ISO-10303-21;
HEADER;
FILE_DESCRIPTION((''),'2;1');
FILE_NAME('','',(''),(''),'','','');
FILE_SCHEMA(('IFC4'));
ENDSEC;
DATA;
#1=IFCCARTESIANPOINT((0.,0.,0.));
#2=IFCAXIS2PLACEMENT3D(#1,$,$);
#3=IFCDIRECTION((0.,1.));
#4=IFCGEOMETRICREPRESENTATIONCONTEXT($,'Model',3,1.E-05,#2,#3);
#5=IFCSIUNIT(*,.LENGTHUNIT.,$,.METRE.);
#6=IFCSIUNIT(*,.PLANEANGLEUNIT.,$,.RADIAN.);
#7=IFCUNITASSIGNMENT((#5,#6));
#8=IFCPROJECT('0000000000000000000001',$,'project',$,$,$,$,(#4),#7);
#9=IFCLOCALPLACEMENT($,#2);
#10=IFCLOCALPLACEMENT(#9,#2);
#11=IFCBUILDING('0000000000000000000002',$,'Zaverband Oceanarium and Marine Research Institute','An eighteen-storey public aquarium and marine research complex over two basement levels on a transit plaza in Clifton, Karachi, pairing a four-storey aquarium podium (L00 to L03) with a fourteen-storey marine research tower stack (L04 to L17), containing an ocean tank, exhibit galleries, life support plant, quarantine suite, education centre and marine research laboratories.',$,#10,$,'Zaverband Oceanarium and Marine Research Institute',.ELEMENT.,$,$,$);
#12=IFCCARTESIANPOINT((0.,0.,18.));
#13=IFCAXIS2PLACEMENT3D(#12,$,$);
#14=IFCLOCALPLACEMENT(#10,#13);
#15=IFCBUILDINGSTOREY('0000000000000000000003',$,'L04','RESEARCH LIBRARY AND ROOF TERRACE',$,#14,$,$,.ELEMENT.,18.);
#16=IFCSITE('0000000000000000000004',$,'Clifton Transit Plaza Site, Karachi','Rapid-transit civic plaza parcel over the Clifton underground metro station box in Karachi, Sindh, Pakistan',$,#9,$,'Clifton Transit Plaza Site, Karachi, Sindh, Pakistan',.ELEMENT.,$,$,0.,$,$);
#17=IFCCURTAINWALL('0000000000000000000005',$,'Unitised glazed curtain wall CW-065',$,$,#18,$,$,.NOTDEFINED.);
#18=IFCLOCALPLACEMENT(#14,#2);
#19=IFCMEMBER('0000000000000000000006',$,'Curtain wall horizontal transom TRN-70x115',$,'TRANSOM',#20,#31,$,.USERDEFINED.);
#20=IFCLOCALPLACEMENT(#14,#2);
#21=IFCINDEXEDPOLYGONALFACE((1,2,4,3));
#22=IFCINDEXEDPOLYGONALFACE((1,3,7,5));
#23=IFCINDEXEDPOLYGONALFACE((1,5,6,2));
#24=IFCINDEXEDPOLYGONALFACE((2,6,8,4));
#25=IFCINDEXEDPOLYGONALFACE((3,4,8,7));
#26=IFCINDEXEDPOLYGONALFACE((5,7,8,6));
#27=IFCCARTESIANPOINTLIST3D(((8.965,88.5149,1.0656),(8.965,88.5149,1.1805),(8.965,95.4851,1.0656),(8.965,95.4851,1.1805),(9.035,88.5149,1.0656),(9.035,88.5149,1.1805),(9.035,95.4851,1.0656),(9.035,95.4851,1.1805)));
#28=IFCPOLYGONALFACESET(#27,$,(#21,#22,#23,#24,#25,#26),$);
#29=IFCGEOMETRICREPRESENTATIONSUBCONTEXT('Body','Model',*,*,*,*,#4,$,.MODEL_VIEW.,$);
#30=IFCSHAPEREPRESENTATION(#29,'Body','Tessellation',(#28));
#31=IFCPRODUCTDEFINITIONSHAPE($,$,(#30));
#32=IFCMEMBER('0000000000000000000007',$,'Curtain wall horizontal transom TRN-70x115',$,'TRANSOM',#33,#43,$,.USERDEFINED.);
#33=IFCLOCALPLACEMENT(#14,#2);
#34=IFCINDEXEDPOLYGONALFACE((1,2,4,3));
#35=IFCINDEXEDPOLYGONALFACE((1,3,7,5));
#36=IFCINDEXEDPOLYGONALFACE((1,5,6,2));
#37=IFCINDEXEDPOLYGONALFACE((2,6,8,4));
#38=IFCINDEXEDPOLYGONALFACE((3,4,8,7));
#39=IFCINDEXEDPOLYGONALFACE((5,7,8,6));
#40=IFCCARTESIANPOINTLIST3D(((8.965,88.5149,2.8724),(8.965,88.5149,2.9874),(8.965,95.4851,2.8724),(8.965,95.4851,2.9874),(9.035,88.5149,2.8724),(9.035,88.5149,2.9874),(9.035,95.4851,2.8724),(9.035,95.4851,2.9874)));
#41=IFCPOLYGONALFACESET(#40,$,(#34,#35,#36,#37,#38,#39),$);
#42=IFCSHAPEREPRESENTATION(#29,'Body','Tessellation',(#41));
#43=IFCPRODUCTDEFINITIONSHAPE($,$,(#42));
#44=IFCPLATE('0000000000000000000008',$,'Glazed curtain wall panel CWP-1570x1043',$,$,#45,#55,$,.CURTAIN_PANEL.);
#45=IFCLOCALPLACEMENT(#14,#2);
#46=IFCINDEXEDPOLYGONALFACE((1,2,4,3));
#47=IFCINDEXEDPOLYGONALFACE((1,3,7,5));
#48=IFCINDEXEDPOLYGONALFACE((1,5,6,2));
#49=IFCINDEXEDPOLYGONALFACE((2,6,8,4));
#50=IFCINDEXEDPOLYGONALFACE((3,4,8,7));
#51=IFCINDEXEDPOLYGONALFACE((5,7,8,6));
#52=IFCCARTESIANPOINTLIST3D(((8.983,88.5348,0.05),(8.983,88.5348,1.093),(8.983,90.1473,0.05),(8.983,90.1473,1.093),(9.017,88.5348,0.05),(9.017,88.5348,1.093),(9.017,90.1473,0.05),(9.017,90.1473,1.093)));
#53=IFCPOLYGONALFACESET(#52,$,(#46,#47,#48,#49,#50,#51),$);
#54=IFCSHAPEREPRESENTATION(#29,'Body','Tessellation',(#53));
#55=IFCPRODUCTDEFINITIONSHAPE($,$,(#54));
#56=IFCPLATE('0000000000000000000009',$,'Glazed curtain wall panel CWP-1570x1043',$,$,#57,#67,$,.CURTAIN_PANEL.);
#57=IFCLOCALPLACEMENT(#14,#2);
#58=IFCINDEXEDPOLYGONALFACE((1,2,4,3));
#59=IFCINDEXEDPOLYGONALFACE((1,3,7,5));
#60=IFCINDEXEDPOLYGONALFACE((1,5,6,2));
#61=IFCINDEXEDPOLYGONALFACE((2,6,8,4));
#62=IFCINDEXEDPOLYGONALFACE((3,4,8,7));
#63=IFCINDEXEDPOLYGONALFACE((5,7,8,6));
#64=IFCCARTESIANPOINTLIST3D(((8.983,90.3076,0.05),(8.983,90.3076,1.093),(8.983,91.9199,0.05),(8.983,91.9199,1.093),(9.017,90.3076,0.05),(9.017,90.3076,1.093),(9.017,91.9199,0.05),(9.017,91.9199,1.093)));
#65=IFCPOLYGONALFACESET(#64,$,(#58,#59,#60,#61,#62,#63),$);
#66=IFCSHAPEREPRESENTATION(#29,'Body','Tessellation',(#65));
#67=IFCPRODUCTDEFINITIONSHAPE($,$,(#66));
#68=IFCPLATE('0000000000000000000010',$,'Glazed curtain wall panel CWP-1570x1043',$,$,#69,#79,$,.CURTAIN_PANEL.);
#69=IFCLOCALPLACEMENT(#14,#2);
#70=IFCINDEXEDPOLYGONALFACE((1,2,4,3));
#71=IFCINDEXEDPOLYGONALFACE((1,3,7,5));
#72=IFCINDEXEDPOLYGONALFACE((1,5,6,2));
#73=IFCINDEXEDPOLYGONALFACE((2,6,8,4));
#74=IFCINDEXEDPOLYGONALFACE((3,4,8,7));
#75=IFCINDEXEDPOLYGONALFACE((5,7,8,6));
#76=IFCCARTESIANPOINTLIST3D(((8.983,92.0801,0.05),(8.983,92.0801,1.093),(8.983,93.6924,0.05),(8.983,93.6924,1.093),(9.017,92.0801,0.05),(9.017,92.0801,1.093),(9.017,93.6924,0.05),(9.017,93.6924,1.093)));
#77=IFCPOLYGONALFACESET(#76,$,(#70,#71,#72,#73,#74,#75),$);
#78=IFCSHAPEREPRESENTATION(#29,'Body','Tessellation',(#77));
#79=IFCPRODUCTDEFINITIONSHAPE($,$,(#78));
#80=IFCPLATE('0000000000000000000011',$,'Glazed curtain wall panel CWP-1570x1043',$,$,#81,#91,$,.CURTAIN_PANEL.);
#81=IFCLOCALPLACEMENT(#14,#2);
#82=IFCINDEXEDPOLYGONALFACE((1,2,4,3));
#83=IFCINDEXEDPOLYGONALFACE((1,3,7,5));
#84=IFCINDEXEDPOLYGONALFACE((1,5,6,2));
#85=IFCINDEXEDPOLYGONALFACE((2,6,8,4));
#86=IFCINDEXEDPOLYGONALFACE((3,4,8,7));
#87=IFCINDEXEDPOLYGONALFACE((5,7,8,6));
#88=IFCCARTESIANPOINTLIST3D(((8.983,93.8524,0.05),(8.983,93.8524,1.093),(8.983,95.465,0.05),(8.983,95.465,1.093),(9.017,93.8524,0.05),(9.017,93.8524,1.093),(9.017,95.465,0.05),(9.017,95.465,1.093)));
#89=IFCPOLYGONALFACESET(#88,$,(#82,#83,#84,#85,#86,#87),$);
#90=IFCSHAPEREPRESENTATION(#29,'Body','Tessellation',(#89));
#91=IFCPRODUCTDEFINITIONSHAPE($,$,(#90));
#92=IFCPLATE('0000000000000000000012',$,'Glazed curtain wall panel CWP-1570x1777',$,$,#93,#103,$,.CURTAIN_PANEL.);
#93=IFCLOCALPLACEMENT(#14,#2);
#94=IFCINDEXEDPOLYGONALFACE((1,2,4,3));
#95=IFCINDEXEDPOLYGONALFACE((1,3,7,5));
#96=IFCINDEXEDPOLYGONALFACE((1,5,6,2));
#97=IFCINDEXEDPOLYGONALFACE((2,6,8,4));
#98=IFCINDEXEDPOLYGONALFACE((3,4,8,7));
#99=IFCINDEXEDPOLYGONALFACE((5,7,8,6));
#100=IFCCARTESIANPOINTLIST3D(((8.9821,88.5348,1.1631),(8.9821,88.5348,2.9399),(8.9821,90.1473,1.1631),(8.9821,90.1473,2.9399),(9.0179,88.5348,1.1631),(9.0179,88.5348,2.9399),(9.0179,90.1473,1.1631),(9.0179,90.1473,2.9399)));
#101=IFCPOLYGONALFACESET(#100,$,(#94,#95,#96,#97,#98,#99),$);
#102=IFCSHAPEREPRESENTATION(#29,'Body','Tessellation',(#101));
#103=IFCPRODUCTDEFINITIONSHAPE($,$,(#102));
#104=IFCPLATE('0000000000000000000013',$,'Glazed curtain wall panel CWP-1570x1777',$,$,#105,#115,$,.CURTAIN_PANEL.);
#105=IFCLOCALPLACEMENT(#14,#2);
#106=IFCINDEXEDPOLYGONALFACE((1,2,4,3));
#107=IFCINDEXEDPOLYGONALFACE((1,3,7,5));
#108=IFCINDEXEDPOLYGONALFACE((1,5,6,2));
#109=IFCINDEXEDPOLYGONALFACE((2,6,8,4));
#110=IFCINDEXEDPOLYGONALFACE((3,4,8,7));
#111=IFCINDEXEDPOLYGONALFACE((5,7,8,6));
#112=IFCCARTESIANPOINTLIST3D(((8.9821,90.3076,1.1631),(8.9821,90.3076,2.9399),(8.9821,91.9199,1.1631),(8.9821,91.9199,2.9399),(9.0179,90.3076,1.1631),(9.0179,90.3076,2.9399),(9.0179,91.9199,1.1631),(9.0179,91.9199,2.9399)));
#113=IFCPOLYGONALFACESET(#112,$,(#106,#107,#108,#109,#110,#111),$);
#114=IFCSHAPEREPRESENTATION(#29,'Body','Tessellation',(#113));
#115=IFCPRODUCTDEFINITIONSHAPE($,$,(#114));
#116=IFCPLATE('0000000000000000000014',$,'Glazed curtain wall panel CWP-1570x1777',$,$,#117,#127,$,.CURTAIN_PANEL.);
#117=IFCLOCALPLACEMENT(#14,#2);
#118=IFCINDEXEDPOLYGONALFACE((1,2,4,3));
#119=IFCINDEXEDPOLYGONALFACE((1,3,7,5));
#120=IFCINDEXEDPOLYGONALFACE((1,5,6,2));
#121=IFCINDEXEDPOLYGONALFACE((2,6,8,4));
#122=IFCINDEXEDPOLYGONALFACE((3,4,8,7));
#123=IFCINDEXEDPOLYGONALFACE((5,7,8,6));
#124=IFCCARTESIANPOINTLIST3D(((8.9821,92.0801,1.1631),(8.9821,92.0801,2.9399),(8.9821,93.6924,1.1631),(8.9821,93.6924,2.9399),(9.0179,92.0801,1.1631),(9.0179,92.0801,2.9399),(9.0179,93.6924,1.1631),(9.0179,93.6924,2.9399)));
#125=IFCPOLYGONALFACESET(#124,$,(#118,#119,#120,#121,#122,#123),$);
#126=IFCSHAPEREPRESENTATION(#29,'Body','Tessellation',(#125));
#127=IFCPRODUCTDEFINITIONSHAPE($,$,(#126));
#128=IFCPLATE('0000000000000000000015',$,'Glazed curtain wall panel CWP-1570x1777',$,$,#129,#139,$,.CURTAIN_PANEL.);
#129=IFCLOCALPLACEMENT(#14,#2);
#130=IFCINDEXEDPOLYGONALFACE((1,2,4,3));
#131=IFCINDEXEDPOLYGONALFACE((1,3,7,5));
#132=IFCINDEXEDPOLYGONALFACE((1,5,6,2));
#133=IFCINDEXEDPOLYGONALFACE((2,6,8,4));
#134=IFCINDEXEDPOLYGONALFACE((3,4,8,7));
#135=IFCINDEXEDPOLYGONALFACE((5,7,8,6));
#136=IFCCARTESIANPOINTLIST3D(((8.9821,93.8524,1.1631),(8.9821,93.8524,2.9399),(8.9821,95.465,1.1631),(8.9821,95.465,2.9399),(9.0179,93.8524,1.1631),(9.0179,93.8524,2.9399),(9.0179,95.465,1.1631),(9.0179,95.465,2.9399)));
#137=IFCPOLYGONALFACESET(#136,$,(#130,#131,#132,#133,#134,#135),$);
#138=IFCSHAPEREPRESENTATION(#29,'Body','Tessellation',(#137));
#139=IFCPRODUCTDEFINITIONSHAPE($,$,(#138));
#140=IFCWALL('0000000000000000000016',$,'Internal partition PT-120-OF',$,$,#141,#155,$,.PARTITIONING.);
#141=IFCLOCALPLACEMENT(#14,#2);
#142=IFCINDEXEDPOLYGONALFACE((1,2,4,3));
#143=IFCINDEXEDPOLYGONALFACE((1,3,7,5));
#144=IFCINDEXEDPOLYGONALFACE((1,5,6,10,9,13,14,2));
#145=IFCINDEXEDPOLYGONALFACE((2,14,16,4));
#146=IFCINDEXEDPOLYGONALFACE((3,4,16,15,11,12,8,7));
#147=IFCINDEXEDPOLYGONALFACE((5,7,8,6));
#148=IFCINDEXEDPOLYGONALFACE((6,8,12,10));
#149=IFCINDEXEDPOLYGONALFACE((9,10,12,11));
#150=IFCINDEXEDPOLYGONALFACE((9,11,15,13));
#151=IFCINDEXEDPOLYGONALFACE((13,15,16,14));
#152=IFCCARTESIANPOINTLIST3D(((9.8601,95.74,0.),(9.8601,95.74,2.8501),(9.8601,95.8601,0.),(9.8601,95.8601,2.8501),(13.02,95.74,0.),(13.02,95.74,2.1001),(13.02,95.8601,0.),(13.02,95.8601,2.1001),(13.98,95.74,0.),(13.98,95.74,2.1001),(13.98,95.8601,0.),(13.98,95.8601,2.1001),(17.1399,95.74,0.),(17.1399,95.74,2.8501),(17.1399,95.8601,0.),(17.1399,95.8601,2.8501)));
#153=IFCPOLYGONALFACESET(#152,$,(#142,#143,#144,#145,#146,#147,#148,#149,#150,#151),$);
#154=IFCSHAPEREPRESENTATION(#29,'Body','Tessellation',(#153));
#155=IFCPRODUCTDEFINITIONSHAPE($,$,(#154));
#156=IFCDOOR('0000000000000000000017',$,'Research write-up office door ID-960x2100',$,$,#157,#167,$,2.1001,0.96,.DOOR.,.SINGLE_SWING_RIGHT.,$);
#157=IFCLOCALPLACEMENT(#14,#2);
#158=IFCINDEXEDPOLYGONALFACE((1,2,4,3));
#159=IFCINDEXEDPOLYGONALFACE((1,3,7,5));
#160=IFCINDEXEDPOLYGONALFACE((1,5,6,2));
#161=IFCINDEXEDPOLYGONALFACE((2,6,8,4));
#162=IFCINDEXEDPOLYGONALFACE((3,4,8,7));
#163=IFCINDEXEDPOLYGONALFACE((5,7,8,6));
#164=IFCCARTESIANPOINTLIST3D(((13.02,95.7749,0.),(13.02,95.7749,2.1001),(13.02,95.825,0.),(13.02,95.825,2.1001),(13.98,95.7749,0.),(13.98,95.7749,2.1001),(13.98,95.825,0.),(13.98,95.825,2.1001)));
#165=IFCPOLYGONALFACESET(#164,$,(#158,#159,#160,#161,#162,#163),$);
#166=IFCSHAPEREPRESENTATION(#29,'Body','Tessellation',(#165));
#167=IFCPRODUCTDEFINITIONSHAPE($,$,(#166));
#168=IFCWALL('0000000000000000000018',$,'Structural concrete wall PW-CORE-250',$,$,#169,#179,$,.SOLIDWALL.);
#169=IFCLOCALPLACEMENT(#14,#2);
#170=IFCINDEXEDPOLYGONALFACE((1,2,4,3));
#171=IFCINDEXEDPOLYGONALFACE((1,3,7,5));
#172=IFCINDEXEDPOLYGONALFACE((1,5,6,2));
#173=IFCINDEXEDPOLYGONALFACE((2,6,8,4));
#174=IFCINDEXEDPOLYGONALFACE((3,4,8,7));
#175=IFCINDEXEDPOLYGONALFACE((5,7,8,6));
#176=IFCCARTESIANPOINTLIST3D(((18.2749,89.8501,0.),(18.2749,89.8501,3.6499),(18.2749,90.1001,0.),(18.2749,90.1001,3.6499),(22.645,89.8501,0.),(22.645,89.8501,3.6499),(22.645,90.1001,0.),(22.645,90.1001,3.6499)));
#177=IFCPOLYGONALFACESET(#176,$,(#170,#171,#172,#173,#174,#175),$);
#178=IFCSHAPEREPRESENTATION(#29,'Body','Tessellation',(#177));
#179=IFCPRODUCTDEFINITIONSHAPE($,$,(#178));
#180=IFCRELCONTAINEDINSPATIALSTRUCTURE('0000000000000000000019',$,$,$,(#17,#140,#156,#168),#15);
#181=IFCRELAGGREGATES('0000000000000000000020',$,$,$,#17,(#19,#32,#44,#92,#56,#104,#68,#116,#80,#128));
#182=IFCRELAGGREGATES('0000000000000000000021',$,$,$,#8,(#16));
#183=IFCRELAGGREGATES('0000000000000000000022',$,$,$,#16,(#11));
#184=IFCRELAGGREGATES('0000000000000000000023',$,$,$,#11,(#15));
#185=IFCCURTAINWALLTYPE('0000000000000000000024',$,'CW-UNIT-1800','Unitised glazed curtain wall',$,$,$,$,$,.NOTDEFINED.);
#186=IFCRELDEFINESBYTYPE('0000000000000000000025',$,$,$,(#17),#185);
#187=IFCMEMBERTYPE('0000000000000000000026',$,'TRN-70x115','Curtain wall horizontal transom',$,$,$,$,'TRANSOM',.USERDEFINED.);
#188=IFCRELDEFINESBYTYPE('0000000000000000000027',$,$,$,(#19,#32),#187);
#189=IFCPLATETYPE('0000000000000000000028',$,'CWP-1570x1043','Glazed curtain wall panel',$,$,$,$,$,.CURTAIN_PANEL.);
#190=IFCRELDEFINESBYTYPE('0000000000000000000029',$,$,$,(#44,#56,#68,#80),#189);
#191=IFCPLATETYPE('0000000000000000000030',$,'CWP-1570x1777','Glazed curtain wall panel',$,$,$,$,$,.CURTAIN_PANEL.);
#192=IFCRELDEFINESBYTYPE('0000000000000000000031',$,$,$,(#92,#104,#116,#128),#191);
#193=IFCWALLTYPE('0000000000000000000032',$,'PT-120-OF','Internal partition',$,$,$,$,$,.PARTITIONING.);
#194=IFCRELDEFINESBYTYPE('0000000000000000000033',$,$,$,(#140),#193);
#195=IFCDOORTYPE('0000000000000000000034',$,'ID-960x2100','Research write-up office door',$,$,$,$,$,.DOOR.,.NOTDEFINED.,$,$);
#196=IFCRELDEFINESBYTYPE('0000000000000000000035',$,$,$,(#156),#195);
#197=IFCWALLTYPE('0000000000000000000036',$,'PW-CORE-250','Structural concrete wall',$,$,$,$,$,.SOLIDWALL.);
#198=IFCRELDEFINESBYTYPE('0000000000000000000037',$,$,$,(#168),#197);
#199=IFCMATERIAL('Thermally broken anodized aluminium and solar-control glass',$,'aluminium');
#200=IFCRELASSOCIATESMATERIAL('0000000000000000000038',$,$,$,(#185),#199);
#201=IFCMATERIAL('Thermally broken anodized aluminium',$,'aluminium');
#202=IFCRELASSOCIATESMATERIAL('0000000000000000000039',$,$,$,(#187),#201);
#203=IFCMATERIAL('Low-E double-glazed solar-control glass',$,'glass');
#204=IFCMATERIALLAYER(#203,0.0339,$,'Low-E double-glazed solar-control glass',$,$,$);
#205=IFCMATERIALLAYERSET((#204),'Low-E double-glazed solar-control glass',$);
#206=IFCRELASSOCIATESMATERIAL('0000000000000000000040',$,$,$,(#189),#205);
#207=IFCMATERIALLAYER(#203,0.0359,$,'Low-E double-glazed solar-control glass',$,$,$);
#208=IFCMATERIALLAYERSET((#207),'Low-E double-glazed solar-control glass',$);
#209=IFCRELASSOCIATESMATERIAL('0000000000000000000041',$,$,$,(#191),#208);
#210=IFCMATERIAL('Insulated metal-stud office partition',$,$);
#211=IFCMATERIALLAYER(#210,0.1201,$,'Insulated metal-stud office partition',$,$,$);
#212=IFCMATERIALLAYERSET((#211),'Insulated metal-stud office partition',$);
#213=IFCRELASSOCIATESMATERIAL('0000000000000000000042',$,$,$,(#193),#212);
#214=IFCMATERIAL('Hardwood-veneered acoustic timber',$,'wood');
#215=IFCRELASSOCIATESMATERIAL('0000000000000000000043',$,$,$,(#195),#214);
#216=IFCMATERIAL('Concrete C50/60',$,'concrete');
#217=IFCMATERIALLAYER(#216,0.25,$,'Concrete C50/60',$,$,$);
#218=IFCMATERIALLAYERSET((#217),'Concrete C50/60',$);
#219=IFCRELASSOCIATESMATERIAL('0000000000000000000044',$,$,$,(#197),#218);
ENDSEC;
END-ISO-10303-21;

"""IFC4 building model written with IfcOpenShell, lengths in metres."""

from ifc_helpers import new_model, si_unit, direction, frame, frame_2d, origin, origin_2d, place, context, subcontext, project, spatial, rectangle, extrude, material, layer, layer_set, material_profile, profile_set, type_object, element, fill, aggregate, save


model = new_model("IFC4")

# Units and contexts
model_context = context("Model", 3, precision=1e-05, world=origin(), true_north=direction((0.0, 1.0)))
body_context = subcontext(model_context, "Body", "Model", "MODEL_VIEW")
ifc_project = project(units=[si_unit("LENGTHUNIT", "METRE"), si_unit("PLANEANGLEUNIT", "RADIAN")], contexts=[model_context])

# Site, building, storey
site_placement = place(None, origin())
site = spatial("IfcSite", under=ifc_project, at=site_placement, Name="Clifton Transit Plaza Site, Karachi", Description="Rapid-transit civic plaza parcel over the Clifton underground metro station box in Karachi, Sindh, Pakistan", LongName="Clifton Transit Plaza Site, Karachi, Sindh, Pakistan", CompositionType="ELEMENT", RefElevation=0.0)
building_placement = place(site_placement, origin())
building = spatial("IfcBuilding", under=site, at=building_placement, Name="Zaverband Oceanarium and Marine Research Institute", Description="An eighteen-storey public aquarium and marine research complex over two basement levels on a transit plaza in Clifton, Karachi, pairing a four-storey aquarium podium (L00 to L03) with a fourteen-storey marine research tower stack (L04 to L17), containing an ocean tank, exhibit galleries, life support plant, quarantine suite, education centre and marine research laboratories.", LongName="Zaverband Oceanarium and Marine Research Institute", CompositionType="ELEMENT")
storey_placement = place(building_placement, frame((0.0, 0.0, 18.0)))
storey = spatial("IfcBuildingStorey", under=building, at=storey_placement, Name="L04", Description="RESEARCH LIBRARY AND ROOF TERRACE", CompositionType="ELEMENT", Elevation=18.0)

# Shared definitions
ifc_material_1 = material(Name="Concrete C50/60", Category="concrete")

# Curtain wall
ifc_material_2 = material(Name="Thermally broken anodized aluminium and solar-control glass", Category="aluminium")
curtain_wall_type = type_object("IfcCurtainWallType", Name="CW-UNIT-1800", Description="Unitised glazed curtain wall", PredefinedType="NOTDEFINED", material=ifc_material_2)
curtain_wall_placement = place(storey_placement, origin())
curtain_wall = element("IfcCurtainWall", 1, at=curtain_wall_placement, inside=storey, type_object=curtain_wall_type, Name="Unitised glazed curtain wall CW-065", PredefinedType="NOTDEFINED")
ifc_material_3 = material(Name="Thermally broken anodized aluminium", Category="aluminium")

# Members
ifc_material_profile_1 = material_profile(ifc_material_3, rectangle(XDim=0.0701, YDim=0.115, at=origin_2d()), Name="AL-TRN-70x115")
ifc_profile_set_1 = profile_set([ifc_material_profile_1], Name="Thermally broken anodized aluminium")
member_type_1 = type_object("IfcMemberType", Name="TRN-70x115", Description="Curtain wall horizontal transom", ElementType="TRANSOM", PredefinedType="USERDEFINED", material=ifc_profile_set_1)
member_1_placement = place(storey_placement, frame((9.0, 88.5149, 1.123), z_axis=(0.0, 1.0, 0.0), x_axis=(-1.0, 0.0, 0.0)))
member_1 = element("IfcMember", 2, at=member_1_placement, type_object=member_type_1, Name="Curtain wall horizontal transom TRN-70x115", ObjectType="TRANSOM", PredefinedType="USERDEFINED", context=body_context, shape_type="SweptSolid", body=[
    extrude(rectangle(XDim=0.0701, YDim=0.115, at=origin_2d()), origin(), (0.0, 0.0, 1.0), 6.9702),
])
member_2_placement = place(storey_placement, frame((9.0, 88.5149, 2.9299), z_axis=(0.0, 1.0, 0.0), x_axis=(-1.0, 0.0, 0.0)))
member_2 = element("IfcMember", 3, at=member_2_placement, type_object=member_type_1, Name="Curtain wall horizontal transom TRN-70x115", ObjectType="TRANSOM", PredefinedType="USERDEFINED", context=body_context, shape_type="SweptSolid", body=[
    extrude(rectangle(XDim=0.0701, YDim=0.115, at=origin_2d()), origin(), (0.0, 0.0, 1.0), 6.9702),
])

# Plates
ifc_material_4 = material(Name="Low-E double-glazed solar-control glass", Category="glass")
ifc_layer_1 = layer(ifc_material_4, 0.0339, Name="Low-E double-glazed solar-control glass")
ifc_layer_set_1 = layer_set([ifc_layer_1], Name="Low-E double-glazed solar-control glass")
plate_type_1 = type_object("IfcPlateType", Name="CWP-1570x1043", Description="Glazed curtain wall panel", PredefinedType="CURTAIN_PANEL", material=ifc_layer_set_1)
plate_1_placement = place(storey_placement, frame((9.0, 88.5349, 0.05), z_axis=(0.0, 0.0, 1.0), x_axis=(0.0, 1.0, 0.0)))
plate_1 = element("IfcPlate", 4, at=plate_1_placement, type_object=plate_type_1, Name="Glazed curtain wall panel CWP-1570x1043", PredefinedType="CURTAIN_PANEL", context=body_context, shape_type="SweptSolid", body=[
    extrude(rectangle(XDim=1.6125, YDim=0.0339, at=frame_2d((0.8062, 0.0))), origin(), (0.0, 0.0, 1.0), 1.043),
])
plate_2_placement = place(storey_placement, frame((9.0, 90.3076, 0.05), z_axis=(0.0, 0.0, 1.0), x_axis=(0.0, 1.0, 0.0)))
plate_2 = element("IfcPlate", 5, at=plate_2_placement, type_object=plate_type_1, Name="Glazed curtain wall panel CWP-1570x1043", PredefinedType="CURTAIN_PANEL", context=body_context, shape_type="SweptSolid", body=[
    extrude(rectangle(XDim=1.6123, YDim=0.0339, at=frame_2d((0.8062, 0.0))), origin(), (0.0, 0.0, 1.0), 1.043),
])
plate_3_placement = place(storey_placement, frame((9.0, 92.0801, 0.05), z_axis=(0.0, 0.0, 1.0), x_axis=(0.0, 1.0, 0.0)))
plate_3 = element("IfcPlate", 6, at=plate_3_placement, type_object=plate_type_1, Name="Glazed curtain wall panel CWP-1570x1043", PredefinedType="CURTAIN_PANEL", context=body_context, shape_type="SweptSolid", body=[
    extrude(rectangle(XDim=1.6123, YDim=0.0339, at=frame_2d((0.8062, 0.0))), origin(), (0.0, 0.0, 1.0), 1.043),
])
plate_4_placement = place(storey_placement, frame((9.0, 93.8525, 0.05), z_axis=(0.0, 0.0, 1.0), x_axis=(0.0, 1.0, 0.0)))
plate_4 = element("IfcPlate", 7, at=plate_4_placement, type_object=plate_type_1, Name="Glazed curtain wall panel CWP-1570x1043", PredefinedType="CURTAIN_PANEL", context=body_context, shape_type="SweptSolid", body=[
    extrude(rectangle(XDim=1.6125, YDim=0.0339, at=frame_2d((0.8062, 0.0))), origin(), (0.0, 0.0, 1.0), 1.043),
])
ifc_layer_2 = layer(ifc_material_4, 0.0359, Name="Low-E double-glazed solar-control glass")
ifc_layer_set_2 = layer_set([ifc_layer_2], Name="Low-E double-glazed solar-control glass")
plate_type_2 = type_object("IfcPlateType", Name="CWP-1570x1777", Description="Glazed curtain wall panel", PredefinedType="CURTAIN_PANEL", material=ifc_layer_set_2)
plate_5_placement = place(storey_placement, frame((9.0, 88.5349, 1.1631), z_axis=(0.0, 0.0, 1.0), x_axis=(0.0, 1.0, 0.0)))
plate_5 = element("IfcPlate", 8, at=plate_5_placement, type_object=plate_type_2, Name="Glazed curtain wall panel CWP-1570x1777", PredefinedType="CURTAIN_PANEL", context=body_context, shape_type="SweptSolid", body=[
    extrude(rectangle(XDim=1.6125, YDim=0.0359, at=frame_2d((0.8062, 0.0))), origin(), (0.0, 0.0, 1.0), 1.7769),
])
plate_6_placement = place(storey_placement, frame((9.0, 90.3076, 1.1631), z_axis=(0.0, 0.0, 1.0), x_axis=(0.0, 1.0, 0.0)))
plate_6 = element("IfcPlate", 9, at=plate_6_placement, type_object=plate_type_2, Name="Glazed curtain wall panel CWP-1570x1777", PredefinedType="CURTAIN_PANEL", context=body_context, shape_type="SweptSolid", body=[
    extrude(rectangle(XDim=1.6123, YDim=0.0359, at=frame_2d((0.8062, 0.0))), origin(), (0.0, 0.0, 1.0), 1.7769),
])
plate_7_placement = place(storey_placement, frame((9.0, 92.0801, 1.1631), z_axis=(0.0, 0.0, 1.0), x_axis=(0.0, 1.0, 0.0)))
plate_7 = element("IfcPlate", 10, at=plate_7_placement, type_object=plate_type_2, Name="Glazed curtain wall panel CWP-1570x1777", PredefinedType="CURTAIN_PANEL", context=body_context, shape_type="SweptSolid", body=[
    extrude(rectangle(XDim=1.6123, YDim=0.0359, at=frame_2d((0.8062, 0.0))), origin(), (0.0, 0.0, 1.0), 1.7769),
])
plate_8_placement = place(storey_placement, frame((9.0, 93.8525, 1.1631), z_axis=(0.0, 0.0, 1.0), x_axis=(0.0, 1.0, 0.0)))
plate_8 = element("IfcPlate", 11, at=plate_8_placement, type_object=plate_type_2, Name="Glazed curtain wall panel CWP-1570x1777", PredefinedType="CURTAIN_PANEL", context=body_context, shape_type="SweptSolid", body=[
    extrude(rectangle(XDim=1.6125, YDim=0.0359, at=frame_2d((0.8062, 0.0))), origin(), (0.0, 0.0, 1.0), 1.7769),
])
aggregate(curtain_wall, [member_1, member_2, plate_1, plate_5, plate_2, plate_6, plate_3, plate_7, plate_4, plate_8])

# Wall, opening, door
ifc_material_5 = material(Name="Insulated metal-stud office partition")
ifc_layer_3 = layer(ifc_material_5, 0.1201, Name="Insulated metal-stud office partition")
ifc_layer_set_3 = layer_set([ifc_layer_3], Name="Insulated metal-stud office partition")
wall_type_1 = type_object("IfcWallType", Name="PT-120-OF", Description="Internal partition", PredefinedType="PARTITIONING", material=ifc_layer_set_3)
wall_1_placement = place(storey_placement, frame((9.8601, 95.8, 0.0), z_axis=(0.0, 0.0, 1.0), x_axis=(1.0, 0.0, 0.0)))
wall_1 = element("IfcWall", 12, at=wall_1_placement, inside=storey, type_object=wall_type_1, Name="Internal partition PT-120-OF", PredefinedType="PARTITIONING", context=body_context, shape_type="SweptSolid", body=[
    extrude(rectangle(XDim=7.2798, YDim=0.1201, at=frame_2d((3.6399, 0.0))), origin(), (0.0, 0.0, 1.0), 2.8501),
])
opening_1_placement = place(wall_1_placement, frame((3.1599, 0.0, 0.0)))
opening_1 = element("IfcOpeningElement", 13, at=opening_1_placement, cuts=wall_1, PredefinedType="OPENING", context=body_context, shape_type="SweptSolid", body=[
    extrude(rectangle(XDim=0.96, YDim=2.1001, at=frame_2d((0.48, 1.05))), frame((0.0, 0.072, 0.0), z_axis=(0.0, -1.0, 0.0), x_axis=(1.0, 0.0, 0.0)), (0.0, 0.0, 1.0), 0.144),
])
ifc_material_6 = material(Name="Hardwood-veneered acoustic timber", Category="wood")
door_type_1 = type_object("IfcDoorType", Name="ID-960x2100", Description="Research write-up office door", OperationType="NOTDEFINED", PredefinedType="DOOR", material=ifc_material_6)
door_1_placement = place(opening_1_placement, origin())
door_1 = element("IfcDoor", 14, at=door_1_placement, inside=storey, type_object=door_type_1, Name="Research write-up office door ID-960x2100", OperationType="SINGLE_SWING_RIGHT", OverallHeight=2.1001, OverallWidth=0.96, PredefinedType="DOOR", context=body_context, shape_type="SweptSolid", body=[
    extrude(rectangle(XDim=0.96, YDim=2.1001, at=frame_2d((0.48, 1.05))), frame((0.0, 0.0249, 0.0), z_axis=(0.0, -1.0, 0.0), x_axis=(1.0, 0.0, 0.0)), (0.0, 0.0, 1.0), 0.05),
])
fill(opening_1, door_1)

# Wall
ifc_layer_4 = layer(ifc_material_1, 0.25, Name="Concrete C50/60")
ifc_layer_set_4 = layer_set([ifc_layer_4], Name="Concrete C50/60")
wall_type_2 = type_object("IfcWallType", Name="PW-CORE-250", Description="Structural concrete wall", PredefinedType="SOLIDWALL", material=ifc_layer_set_4)
wall_2_placement = place(storey_placement, frame((18.2749, 89.9751, 0.0), z_axis=(0.0, 0.0, 1.0), x_axis=(1.0, 0.0, 0.0)))
element("IfcWall", 15, at=wall_2_placement, inside=storey, type_object=wall_type_2, Name="Structural concrete wall PW-CORE-250", PredefinedType="SOLIDWALL", context=body_context, shape_type="SweptSolid", body=[
    extrude(rectangle(XDim=4.3701, YDim=0.25, at=frame_2d((2.1851, 0.0))), origin(), (0.0, 0.0, 1.0), 3.6499),
])

save(model, "model.ifc")
